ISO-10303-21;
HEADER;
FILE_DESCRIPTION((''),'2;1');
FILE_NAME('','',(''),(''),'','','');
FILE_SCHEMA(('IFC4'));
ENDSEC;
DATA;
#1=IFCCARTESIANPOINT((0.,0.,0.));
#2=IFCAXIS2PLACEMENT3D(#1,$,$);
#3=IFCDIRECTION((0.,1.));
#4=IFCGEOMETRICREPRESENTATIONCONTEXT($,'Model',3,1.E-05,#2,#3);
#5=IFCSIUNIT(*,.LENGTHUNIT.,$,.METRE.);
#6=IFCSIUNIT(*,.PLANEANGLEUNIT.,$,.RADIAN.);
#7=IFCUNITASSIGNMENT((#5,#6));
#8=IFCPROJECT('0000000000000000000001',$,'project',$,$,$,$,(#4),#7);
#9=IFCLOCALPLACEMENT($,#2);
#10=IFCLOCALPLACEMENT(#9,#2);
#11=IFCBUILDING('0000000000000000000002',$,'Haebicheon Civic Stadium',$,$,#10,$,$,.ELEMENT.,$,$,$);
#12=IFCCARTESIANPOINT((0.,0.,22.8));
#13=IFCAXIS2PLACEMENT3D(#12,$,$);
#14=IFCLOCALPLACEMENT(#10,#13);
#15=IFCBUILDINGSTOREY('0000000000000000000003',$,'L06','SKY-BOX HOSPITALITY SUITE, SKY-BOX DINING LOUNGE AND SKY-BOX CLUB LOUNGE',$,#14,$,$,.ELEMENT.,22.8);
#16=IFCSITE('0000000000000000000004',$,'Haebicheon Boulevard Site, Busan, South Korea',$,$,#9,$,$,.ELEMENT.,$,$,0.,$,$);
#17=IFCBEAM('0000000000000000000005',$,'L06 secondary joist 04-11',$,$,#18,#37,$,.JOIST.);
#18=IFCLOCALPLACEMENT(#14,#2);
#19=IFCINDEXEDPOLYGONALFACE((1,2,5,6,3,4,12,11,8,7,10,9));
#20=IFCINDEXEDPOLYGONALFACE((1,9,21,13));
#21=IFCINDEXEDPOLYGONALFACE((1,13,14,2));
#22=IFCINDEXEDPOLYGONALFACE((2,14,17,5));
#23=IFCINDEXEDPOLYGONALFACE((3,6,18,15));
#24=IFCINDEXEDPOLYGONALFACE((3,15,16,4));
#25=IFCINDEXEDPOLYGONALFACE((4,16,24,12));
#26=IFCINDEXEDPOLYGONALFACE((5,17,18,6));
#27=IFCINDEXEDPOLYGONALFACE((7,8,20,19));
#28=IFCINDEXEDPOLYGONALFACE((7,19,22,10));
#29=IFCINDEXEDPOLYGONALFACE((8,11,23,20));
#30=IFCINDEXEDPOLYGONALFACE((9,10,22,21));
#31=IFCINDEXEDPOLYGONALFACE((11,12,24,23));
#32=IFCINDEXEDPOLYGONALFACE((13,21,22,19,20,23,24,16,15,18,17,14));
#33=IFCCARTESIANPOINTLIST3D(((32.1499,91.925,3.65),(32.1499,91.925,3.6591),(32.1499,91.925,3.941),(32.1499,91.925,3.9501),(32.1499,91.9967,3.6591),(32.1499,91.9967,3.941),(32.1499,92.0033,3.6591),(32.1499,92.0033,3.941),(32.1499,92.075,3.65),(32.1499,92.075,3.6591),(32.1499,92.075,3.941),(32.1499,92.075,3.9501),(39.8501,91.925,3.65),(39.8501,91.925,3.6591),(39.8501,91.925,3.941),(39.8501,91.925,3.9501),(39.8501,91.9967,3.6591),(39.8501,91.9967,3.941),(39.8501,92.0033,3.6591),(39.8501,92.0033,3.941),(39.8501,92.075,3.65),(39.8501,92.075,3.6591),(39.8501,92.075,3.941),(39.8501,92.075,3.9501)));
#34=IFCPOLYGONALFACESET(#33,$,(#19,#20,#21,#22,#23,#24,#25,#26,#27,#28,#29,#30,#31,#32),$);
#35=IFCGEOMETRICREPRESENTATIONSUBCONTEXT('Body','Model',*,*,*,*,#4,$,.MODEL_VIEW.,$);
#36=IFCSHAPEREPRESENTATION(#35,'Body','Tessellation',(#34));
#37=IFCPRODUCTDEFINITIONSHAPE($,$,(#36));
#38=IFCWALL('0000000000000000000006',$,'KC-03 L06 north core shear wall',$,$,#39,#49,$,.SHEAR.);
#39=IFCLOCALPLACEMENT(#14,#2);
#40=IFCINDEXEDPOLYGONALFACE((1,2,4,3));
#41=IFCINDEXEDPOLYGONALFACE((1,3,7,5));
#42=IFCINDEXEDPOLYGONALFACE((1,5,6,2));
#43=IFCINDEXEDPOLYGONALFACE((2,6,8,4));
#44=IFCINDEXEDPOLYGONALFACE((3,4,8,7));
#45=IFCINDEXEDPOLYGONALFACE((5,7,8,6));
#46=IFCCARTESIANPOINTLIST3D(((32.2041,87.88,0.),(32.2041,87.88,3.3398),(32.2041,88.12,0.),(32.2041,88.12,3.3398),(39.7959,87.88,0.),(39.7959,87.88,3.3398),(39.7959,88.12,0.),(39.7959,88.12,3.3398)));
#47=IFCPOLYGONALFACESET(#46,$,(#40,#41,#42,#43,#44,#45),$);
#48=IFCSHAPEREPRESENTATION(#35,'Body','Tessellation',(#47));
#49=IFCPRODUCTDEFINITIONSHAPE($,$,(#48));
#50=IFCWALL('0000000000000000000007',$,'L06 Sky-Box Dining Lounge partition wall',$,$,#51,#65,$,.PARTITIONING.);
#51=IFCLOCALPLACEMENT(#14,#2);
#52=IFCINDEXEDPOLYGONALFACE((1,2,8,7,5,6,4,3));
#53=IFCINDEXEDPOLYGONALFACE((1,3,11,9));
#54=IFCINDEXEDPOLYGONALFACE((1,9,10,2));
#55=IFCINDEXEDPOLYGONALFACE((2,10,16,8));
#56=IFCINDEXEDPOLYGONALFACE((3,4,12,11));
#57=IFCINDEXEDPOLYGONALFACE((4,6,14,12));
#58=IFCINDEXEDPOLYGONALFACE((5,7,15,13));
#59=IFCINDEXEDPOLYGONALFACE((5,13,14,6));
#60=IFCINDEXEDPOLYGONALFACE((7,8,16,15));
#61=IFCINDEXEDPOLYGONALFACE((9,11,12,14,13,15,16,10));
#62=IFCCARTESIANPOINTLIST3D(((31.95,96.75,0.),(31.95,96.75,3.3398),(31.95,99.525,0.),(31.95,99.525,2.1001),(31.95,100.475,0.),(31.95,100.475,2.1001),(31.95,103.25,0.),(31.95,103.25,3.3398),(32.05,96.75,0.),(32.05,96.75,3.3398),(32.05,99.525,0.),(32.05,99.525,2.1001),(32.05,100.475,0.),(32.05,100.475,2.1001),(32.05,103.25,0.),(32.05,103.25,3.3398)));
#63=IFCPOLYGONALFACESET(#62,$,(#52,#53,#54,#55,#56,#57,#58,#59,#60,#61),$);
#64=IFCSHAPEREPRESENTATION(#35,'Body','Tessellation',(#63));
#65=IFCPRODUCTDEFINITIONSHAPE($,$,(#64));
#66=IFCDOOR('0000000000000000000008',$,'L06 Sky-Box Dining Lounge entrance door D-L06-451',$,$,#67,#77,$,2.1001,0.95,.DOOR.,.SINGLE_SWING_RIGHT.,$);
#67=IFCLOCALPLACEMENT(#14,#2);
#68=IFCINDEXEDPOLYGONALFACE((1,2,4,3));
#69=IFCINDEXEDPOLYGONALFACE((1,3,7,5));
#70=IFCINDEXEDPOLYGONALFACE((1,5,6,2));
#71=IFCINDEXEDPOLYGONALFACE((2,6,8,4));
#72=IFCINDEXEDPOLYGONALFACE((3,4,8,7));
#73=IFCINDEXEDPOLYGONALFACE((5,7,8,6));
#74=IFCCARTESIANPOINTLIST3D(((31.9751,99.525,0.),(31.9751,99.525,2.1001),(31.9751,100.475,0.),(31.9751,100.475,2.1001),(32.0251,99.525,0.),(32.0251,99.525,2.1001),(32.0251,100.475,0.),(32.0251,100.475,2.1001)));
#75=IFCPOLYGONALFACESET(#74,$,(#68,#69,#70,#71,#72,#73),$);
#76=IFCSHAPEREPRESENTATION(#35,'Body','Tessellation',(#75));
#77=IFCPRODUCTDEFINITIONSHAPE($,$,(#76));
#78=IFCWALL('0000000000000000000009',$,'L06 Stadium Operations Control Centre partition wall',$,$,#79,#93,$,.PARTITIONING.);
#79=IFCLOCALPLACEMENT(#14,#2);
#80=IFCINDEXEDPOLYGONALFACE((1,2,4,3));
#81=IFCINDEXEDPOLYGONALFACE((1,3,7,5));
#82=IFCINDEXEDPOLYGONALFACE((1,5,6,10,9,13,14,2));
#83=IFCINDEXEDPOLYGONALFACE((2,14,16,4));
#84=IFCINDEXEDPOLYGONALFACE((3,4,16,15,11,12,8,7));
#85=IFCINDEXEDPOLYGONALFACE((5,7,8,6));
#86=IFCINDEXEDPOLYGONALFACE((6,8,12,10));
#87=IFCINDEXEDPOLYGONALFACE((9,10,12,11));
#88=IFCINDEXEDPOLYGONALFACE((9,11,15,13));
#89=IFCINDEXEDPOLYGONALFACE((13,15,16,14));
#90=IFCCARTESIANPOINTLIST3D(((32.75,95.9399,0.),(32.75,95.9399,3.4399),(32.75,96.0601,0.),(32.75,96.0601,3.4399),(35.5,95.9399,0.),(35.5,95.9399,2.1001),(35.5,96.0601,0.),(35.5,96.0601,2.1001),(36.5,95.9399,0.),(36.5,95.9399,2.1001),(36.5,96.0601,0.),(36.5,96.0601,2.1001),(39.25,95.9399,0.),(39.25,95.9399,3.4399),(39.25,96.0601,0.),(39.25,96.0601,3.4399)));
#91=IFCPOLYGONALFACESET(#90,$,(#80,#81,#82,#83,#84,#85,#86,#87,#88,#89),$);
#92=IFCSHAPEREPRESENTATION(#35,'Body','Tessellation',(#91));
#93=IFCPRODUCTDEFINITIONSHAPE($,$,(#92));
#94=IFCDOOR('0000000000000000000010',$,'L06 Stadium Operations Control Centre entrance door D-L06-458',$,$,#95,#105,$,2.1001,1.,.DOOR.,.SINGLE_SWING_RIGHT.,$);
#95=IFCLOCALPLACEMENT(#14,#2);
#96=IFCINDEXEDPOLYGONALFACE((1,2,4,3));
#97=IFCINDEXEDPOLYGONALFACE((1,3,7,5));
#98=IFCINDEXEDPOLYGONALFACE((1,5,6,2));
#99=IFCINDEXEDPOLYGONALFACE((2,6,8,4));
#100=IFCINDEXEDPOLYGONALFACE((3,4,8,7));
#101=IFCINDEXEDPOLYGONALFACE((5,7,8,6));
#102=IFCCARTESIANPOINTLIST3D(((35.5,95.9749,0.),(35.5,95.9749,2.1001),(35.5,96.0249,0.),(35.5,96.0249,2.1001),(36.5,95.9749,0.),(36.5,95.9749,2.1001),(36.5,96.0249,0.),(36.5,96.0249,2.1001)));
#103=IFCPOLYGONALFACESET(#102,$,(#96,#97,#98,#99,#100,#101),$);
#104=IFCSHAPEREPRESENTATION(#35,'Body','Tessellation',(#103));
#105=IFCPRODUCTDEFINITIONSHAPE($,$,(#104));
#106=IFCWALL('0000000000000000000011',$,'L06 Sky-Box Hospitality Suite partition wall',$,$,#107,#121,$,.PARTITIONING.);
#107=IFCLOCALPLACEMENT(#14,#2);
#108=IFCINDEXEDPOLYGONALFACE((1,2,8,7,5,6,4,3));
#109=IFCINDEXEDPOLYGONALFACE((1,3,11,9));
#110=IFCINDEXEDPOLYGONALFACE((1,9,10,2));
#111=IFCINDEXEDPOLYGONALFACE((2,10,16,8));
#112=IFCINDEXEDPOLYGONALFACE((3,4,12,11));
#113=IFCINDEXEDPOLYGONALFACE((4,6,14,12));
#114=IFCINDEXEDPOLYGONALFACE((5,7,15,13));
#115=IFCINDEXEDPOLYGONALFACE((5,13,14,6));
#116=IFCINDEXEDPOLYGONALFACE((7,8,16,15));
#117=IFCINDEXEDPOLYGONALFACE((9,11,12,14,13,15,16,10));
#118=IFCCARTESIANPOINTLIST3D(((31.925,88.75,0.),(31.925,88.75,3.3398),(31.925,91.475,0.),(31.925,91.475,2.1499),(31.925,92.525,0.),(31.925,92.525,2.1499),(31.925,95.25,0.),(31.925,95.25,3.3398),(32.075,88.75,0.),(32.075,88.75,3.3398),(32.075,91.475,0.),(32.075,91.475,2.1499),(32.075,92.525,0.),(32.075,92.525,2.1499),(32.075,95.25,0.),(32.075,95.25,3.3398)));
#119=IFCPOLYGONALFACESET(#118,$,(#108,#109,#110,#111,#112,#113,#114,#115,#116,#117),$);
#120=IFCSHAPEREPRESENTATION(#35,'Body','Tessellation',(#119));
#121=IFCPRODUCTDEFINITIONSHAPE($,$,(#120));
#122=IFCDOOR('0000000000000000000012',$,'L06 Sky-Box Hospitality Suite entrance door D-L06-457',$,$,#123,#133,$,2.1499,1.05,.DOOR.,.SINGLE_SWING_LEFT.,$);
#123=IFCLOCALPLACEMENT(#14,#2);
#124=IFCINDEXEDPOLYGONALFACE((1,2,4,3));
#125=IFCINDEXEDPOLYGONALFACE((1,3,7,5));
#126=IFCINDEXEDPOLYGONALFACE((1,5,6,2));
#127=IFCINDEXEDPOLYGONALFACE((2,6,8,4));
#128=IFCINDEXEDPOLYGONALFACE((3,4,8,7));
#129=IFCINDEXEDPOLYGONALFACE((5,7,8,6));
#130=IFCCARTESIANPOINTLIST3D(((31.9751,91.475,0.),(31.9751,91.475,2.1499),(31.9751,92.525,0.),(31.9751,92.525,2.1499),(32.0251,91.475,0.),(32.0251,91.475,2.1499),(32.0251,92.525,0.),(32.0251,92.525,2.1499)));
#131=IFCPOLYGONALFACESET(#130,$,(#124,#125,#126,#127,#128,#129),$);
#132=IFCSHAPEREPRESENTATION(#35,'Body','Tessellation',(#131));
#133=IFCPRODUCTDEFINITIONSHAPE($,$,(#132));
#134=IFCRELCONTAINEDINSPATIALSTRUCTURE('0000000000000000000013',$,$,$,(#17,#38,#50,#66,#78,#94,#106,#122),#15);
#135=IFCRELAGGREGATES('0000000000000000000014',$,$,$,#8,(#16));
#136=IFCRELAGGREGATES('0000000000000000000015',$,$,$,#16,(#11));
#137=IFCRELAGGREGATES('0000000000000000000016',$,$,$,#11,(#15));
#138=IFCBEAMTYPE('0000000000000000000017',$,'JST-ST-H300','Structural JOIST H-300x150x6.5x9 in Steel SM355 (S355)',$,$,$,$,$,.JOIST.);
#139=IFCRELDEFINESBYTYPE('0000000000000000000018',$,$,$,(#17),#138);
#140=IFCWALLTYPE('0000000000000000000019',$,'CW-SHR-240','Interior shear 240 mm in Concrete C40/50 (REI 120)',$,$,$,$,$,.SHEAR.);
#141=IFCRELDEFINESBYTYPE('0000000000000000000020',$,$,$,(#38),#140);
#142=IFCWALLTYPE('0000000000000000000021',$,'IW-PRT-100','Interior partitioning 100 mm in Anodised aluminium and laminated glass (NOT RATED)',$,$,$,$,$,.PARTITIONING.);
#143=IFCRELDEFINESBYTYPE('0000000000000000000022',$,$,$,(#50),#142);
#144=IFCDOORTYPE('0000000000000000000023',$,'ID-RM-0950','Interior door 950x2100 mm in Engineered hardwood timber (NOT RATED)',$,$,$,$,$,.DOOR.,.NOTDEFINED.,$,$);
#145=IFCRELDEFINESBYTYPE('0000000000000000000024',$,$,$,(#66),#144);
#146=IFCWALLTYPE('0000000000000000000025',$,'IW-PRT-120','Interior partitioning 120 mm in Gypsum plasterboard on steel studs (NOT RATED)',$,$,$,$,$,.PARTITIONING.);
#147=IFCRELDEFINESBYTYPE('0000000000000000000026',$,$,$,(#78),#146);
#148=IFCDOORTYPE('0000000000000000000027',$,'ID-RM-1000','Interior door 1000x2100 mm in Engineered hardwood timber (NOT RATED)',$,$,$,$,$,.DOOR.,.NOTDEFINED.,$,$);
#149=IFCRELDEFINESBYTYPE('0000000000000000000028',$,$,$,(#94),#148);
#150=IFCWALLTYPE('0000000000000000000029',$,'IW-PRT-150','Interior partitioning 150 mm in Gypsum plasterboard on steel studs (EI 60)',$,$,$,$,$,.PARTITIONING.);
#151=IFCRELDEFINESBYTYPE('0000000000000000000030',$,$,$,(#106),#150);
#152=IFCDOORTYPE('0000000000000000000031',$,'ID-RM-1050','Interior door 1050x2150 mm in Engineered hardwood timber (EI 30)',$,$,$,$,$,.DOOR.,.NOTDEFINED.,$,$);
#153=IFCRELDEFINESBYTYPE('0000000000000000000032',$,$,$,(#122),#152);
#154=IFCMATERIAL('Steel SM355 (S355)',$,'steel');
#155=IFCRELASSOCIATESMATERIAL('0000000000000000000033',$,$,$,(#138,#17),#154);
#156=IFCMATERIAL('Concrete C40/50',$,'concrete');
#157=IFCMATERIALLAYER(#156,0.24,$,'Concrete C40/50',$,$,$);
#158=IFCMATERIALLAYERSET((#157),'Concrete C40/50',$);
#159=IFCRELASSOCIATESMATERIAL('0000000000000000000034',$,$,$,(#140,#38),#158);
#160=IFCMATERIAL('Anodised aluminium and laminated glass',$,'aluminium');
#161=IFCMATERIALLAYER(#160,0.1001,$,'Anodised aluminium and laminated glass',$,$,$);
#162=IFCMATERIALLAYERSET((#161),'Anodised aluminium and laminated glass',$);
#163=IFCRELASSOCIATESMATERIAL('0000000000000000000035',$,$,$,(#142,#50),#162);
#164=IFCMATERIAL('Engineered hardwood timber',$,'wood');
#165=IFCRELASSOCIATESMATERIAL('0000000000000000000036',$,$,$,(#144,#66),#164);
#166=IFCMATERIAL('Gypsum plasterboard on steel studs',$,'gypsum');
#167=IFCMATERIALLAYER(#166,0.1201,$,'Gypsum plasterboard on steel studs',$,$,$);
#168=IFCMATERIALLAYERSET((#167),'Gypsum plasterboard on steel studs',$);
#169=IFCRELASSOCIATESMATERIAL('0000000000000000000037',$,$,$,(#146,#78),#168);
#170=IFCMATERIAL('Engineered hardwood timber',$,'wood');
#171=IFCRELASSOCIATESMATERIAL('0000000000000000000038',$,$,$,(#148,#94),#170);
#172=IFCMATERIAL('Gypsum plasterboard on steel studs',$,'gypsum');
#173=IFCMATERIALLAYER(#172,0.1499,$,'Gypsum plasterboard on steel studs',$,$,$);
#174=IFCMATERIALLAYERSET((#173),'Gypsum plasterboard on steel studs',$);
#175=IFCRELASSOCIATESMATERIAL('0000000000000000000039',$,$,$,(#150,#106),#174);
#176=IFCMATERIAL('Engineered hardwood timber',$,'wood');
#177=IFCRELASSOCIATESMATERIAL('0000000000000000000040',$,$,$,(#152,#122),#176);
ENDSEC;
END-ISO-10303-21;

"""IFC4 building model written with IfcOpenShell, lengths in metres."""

from ifc_helpers import new_model, si_unit, direction, frame, frame_2d, origin, origin_2d, place, context, subcontext, project, spatial, rectangle, i_section, extrude, material, layer, layer_set, material_profile, profile_set, type_object, element, fill, save


model = new_model("IFC4")

# Units and contexts
model_context = context("Model", 3, precision=1e-05, world=origin(), true_north=direction((0.0, 1.0)))
body_context = subcontext(model_context, "Body", "Model", "MODEL_VIEW")
ifc_project = project(units=[si_unit("LENGTHUNIT", "METRE"), si_unit("PLANEANGLEUNIT", "RADIAN")], contexts=[model_context])

# Site, building, storey
site_placement = place(None, origin())
site = spatial("IfcSite", under=ifc_project, at=site_placement, Name="Haebicheon Boulevard Site, Busan, South Korea", CompositionType="ELEMENT", RefElevation=0.0)
building_placement = place(site_placement, origin())
building = spatial("IfcBuilding", under=site, at=building_placement, Name="Haebicheon Civic Stadium", CompositionType="ELEMENT")
storey_placement = place(building_placement, frame((0.0, 0.0, 22.8)))
storey = spatial("IfcBuildingStorey", under=building, at=storey_placement, Name="L06", Description="SKY-BOX HOSPITALITY SUITE, SKY-BOX DINING LOUNGE AND SKY-BOX CLUB LOUNGE", CompositionType="ELEMENT", Elevation=22.8)

# Beam
ifc_material_1 = material(Name="Steel SM355 (S355)", Category="steel")
ifc_material_profile_1 = material_profile(ifc_material_1, i_section(OverallWidth=0.1499, OverallDepth=0.3, WebThickness=0.0066, FlangeThickness=0.009, at=origin_2d()), Name="H-300x150x6.5x9")
ifc_profile_set_1 = profile_set([ifc_material_profile_1], Name="Steel SM355 (S355)")
beam_type_1 = type_object("IfcBeamType", Name="JST-ST-H300", Description="Structural JOIST H-300x150x6.5x9 in Steel SM355 (S355)", PredefinedType="JOIST", material=ifc_profile_set_1)
beam_1_placement = place(storey_placement, frame((32.1499, 92.0, 3.8), z_axis=(1.0, 0.0, 0.0), x_axis=(0.0, 1.0, 0.0)))
element("IfcBeam", 1, at=beam_1_placement, inside=storey, type_object=beam_type_1, material=ifc_profile_set_1, Name="L06 secondary joist 04-11", PredefinedType="JOIST", context=body_context, shape_type="SweptSolid", body=[
    extrude(i_section(OverallWidth=0.1499, OverallDepth=0.3, WebThickness=0.0066, FlangeThickness=0.009, at=origin_2d()), origin(), (0.0, 0.0, 1.0), 7.7002),
])

# Wall
ifc_material_2 = material(Name="Concrete C40/50", Category="concrete")
ifc_layer_1 = layer(ifc_material_2, 0.24, Name="Concrete C40/50")
ifc_layer_set_1 = layer_set([ifc_layer_1], Name="Concrete C40/50")
wall_type_1 = type_object("IfcWallType", Name="CW-SHR-240", Description="Interior shear 240 mm in Concrete C40/50 (REI 120)", PredefinedType="SHEAR", material=ifc_layer_set_1)
wall_1_placement = place(storey_placement, frame((32.2041, 88.0, 0.0), z_axis=(0.0, 0.0, 1.0), x_axis=(1.0, 0.0, 0.0)))
element("IfcWall", 2, at=wall_1_placement, inside=storey, type_object=wall_type_1, material=ifc_layer_set_1, Name="KC-03 L06 north core shear wall", PredefinedType="SHEAR", context=body_context, shape_type="SweptSolid", body=[
    extrude(rectangle(XDim=7.5918, YDim=0.24, at=frame_2d((3.7959, 0.0))), origin(), (0.0, 0.0, 1.0), 3.3398),
])

# Walls, openings, doors
ifc_material_3 = material(Name="Anodised aluminium and laminated glass", Category="aluminium")
ifc_layer_2 = layer(ifc_material_3, 0.1001, Name="Anodised aluminium and laminated glass")
ifc_layer_set_2 = layer_set([ifc_layer_2], Name="Anodised aluminium and laminated glass")
wall_type_2 = type_object("IfcWallType", Name="IW-PRT-100", Description="Interior partitioning 100 mm in Anodised aluminium and laminated glass (NOT RATED)", PredefinedType="PARTITIONING", material=ifc_layer_set_2)
wall_2_placement = place(storey_placement, frame((32.0, 96.75, 0.0), z_axis=(0.0, 0.0, 1.0), x_axis=(0.0, 1.0, 0.0)))
wall_2 = element("IfcWall", 3, at=wall_2_placement, inside=storey, type_object=wall_type_2, material=ifc_layer_set_2, Name="L06 Sky-Box Dining Lounge partition wall", PredefinedType="PARTITIONING", context=body_context, shape_type="SweptSolid", body=[
    extrude(rectangle(XDim=6.5, YDim=0.1001, at=frame_2d((3.25, 0.0))), origin(), (0.0, 0.0, 1.0), 3.3398),
])
opening_1_placement = place(wall_2_placement, frame((2.7749, 0.0, 0.0)))
opening_1 = element("IfcOpeningElement", 4, at=opening_1_placement, cuts=wall_2, PredefinedType="OPENING", context=body_context, shape_type="SweptSolid", body=[
    extrude(rectangle(XDim=0.95, YDim=2.1001, at=frame_2d((0.4751, 1.05))), frame((0.0, 0.0601, 0.0), z_axis=(0.0, -1.0, 0.0), x_axis=(1.0, 0.0, 0.0)), (0.0, 0.0, 1.0), 0.1201),
])
ifc_material_4 = material(Name="Engineered hardwood timber", Category="wood")
door_type_1 = type_object("IfcDoorType", Name="ID-RM-0950", Description="Interior door 950x2100 mm in Engineered hardwood timber (NOT RATED)", OperationType="NOTDEFINED", PredefinedType="DOOR", material=ifc_material_4)
door_1_placement = place(opening_1_placement, origin())
door_1 = element("IfcDoor", 5, at=door_1_placement, inside=storey, type_object=door_type_1, material=ifc_material_4, Name="L06 Sky-Box Dining Lounge entrance door D-L06-451", OperationType="SINGLE_SWING_RIGHT", OverallHeight=2.1001, OverallWidth=0.95, PredefinedType="DOOR", context=body_context, shape_type="SweptSolid", body=[
    extrude(rectangle(XDim=0.95, YDim=2.1001, at=frame_2d((0.4751, 1.05))), frame((0.0, 0.0249, 0.0), z_axis=(0.0, -1.0, 0.0), x_axis=(1.0, 0.0, 0.0)), (0.0, 0.0, 1.0), 0.05),
])
fill(opening_1, door_1)
ifc_material_5 = material(Name="Gypsum plasterboard on steel studs", Category="gypsum")
ifc_layer_3 = layer(ifc_material_5, 0.1201, Name="Gypsum plasterboard on steel studs")
ifc_layer_set_3 = layer_set([ifc_layer_3], Name="Gypsum plasterboard on steel studs")
wall_type_3 = type_object("IfcWallType", Name="IW-PRT-120", Description="Interior partitioning 120 mm in Gypsum plasterboard on steel studs (NOT RATED)", PredefinedType="PARTITIONING", material=ifc_layer_set_3)
wall_3_placement = place(storey_placement, frame((32.75, 96.0, 0.0), z_axis=(0.0, 0.0, 1.0), x_axis=(1.0, 0.0, 0.0)))
wall_3 = element("IfcWall", 6, at=wall_3_placement, inside=storey, type_object=wall_type_3, material=ifc_layer_set_3, Name="L06 Stadium Operations Control Centre partition wall", PredefinedType="PARTITIONING", context=body_context, shape_type="SweptSolid", body=[
    extrude(rectangle(XDim=6.5, YDim=0.1201, at=frame_2d((3.25, 0.0))), origin(), (0.0, 0.0, 1.0), 3.4399),
])
opening_2_placement = place(wall_3_placement, frame((2.75, 0.0, 0.0)))
opening_2 = element("IfcOpeningElement", 7, at=opening_2_placement, cuts=wall_3, PredefinedType="OPENING", context=body_context, shape_type="SweptSolid", body=[
    extrude(rectangle(XDim=1.0, YDim=2.1001, at=frame_2d((0.5, 1.05))), frame((0.0, 0.0701, 0.0), z_axis=(0.0, -1.0, 0.0), x_axis=(1.0, 0.0, 0.0)), (0.0, 0.0, 1.0), 0.1401),
])
ifc_material_6 = material(Name="Engineered hardwood timber", Category="wood")
door_type_2 = type_object("IfcDoorType", Name="ID-RM-1000", Description="Interior door 1000x2100 mm in Engineered hardwood timber (NOT RATED)", OperationType="NOTDEFINED", PredefinedType="DOOR", material=ifc_material_6)
door_2_placement = place(opening_2_placement, origin())
door_2 = element("IfcDoor", 8, at=door_2_placement, inside=storey, type_object=door_type_2, material=ifc_material_6, Name="L06 Stadium Operations Control Centre entrance door D-L06-458", OperationType="SINGLE_SWING_RIGHT", OverallHeight=2.1001, OverallWidth=1.0, PredefinedType="DOOR", context=body_context, shape_type="SweptSolid", body=[
    extrude(rectangle(XDim=1.0, YDim=2.1001, at=frame_2d((0.5, 1.05))), frame((0.0, 0.0249, 0.0), z_axis=(0.0, -1.0, 0.0), x_axis=(1.0, 0.0, 0.0)), (0.0, 0.0, 1.0), 0.05),
])
fill(opening_2, door_2)
ifc_material_7 = material(Name="Gypsum plasterboard on steel studs", Category="gypsum")
ifc_layer_4 = layer(ifc_material_7, 0.1499, Name="Gypsum plasterboard on steel studs")
ifc_layer_set_4 = layer_set([ifc_layer_4], Name="Gypsum plasterboard on steel studs")
wall_type_4 = type_object("IfcWallType", Name="IW-PRT-150", Description="Interior partitioning 150 mm in Gypsum plasterboard on steel studs (EI 60)", PredefinedType="PARTITIONING", material=ifc_layer_set_4)
wall_4_placement = place(storey_placement, frame((32.0, 88.75, 0.0), z_axis=(0.0, 0.0, 1.0), x_axis=(0.0, 1.0, 0.0)))
wall_4 = element("IfcWall", 9, at=wall_4_placement, inside=storey, type_object=wall_type_4, material=ifc_layer_set_4, Name="L06 Sky-Box Hospitality Suite partition wall", PredefinedType="PARTITIONING", context=body_context, shape_type="SweptSolid", body=[
    extrude(rectangle(XDim=6.5, YDim=0.1499, at=frame_2d((3.25, 0.0))), origin(), (0.0, 0.0, 1.0), 3.3398),
])
opening_3_placement = place(wall_4_placement, frame((2.7251, 0.0, 0.0)))
opening_3 = element("IfcOpeningElement", 10, at=opening_3_placement, cuts=wall_4, PredefinedType="OPENING", context=body_context, shape_type="SweptSolid", body=[
    extrude(rectangle(XDim=1.05, YDim=2.1499, at=frame_2d((0.5249, 1.075))), frame((0.0, 0.085, 0.0), z_axis=(0.0, -1.0, 0.0), x_axis=(1.0, 0.0, 0.0)), (0.0, 0.0, 1.0), 0.1699),
])
ifc_material_8 = material(Name="Engineered hardwood timber", Category="wood")
door_type_3 = type_object("IfcDoorType", Name="ID-RM-1050", Description="Interior door 1050x2150 mm in Engineered hardwood timber (EI 30)", OperationType="NOTDEFINED", PredefinedType="DOOR", material=ifc_material_8)
door_3_placement = place(opening_3_placement, origin())
door_3 = element("IfcDoor", 11, at=door_3_placement, inside=storey, type_object=door_type_3, material=ifc_material_8, Name="L06 Sky-Box Hospitality Suite entrance door D-L06-457", OperationType="SINGLE_SWING_LEFT", OverallHeight=2.1499, OverallWidth=1.05, PredefinedType="DOOR", context=body_context, shape_type="SweptSolid", body=[
    extrude(rectangle(XDim=1.05, YDim=2.1499, at=frame_2d((0.5249, 1.075))), frame((0.0, 0.0249, 0.0), z_axis=(0.0, -1.0, 0.0), x_axis=(1.0, 0.0, 0.0)), (0.0, 0.0, 1.0), 0.05),
])
fill(opening_3, door_3)

save(model, "model.ifc")
